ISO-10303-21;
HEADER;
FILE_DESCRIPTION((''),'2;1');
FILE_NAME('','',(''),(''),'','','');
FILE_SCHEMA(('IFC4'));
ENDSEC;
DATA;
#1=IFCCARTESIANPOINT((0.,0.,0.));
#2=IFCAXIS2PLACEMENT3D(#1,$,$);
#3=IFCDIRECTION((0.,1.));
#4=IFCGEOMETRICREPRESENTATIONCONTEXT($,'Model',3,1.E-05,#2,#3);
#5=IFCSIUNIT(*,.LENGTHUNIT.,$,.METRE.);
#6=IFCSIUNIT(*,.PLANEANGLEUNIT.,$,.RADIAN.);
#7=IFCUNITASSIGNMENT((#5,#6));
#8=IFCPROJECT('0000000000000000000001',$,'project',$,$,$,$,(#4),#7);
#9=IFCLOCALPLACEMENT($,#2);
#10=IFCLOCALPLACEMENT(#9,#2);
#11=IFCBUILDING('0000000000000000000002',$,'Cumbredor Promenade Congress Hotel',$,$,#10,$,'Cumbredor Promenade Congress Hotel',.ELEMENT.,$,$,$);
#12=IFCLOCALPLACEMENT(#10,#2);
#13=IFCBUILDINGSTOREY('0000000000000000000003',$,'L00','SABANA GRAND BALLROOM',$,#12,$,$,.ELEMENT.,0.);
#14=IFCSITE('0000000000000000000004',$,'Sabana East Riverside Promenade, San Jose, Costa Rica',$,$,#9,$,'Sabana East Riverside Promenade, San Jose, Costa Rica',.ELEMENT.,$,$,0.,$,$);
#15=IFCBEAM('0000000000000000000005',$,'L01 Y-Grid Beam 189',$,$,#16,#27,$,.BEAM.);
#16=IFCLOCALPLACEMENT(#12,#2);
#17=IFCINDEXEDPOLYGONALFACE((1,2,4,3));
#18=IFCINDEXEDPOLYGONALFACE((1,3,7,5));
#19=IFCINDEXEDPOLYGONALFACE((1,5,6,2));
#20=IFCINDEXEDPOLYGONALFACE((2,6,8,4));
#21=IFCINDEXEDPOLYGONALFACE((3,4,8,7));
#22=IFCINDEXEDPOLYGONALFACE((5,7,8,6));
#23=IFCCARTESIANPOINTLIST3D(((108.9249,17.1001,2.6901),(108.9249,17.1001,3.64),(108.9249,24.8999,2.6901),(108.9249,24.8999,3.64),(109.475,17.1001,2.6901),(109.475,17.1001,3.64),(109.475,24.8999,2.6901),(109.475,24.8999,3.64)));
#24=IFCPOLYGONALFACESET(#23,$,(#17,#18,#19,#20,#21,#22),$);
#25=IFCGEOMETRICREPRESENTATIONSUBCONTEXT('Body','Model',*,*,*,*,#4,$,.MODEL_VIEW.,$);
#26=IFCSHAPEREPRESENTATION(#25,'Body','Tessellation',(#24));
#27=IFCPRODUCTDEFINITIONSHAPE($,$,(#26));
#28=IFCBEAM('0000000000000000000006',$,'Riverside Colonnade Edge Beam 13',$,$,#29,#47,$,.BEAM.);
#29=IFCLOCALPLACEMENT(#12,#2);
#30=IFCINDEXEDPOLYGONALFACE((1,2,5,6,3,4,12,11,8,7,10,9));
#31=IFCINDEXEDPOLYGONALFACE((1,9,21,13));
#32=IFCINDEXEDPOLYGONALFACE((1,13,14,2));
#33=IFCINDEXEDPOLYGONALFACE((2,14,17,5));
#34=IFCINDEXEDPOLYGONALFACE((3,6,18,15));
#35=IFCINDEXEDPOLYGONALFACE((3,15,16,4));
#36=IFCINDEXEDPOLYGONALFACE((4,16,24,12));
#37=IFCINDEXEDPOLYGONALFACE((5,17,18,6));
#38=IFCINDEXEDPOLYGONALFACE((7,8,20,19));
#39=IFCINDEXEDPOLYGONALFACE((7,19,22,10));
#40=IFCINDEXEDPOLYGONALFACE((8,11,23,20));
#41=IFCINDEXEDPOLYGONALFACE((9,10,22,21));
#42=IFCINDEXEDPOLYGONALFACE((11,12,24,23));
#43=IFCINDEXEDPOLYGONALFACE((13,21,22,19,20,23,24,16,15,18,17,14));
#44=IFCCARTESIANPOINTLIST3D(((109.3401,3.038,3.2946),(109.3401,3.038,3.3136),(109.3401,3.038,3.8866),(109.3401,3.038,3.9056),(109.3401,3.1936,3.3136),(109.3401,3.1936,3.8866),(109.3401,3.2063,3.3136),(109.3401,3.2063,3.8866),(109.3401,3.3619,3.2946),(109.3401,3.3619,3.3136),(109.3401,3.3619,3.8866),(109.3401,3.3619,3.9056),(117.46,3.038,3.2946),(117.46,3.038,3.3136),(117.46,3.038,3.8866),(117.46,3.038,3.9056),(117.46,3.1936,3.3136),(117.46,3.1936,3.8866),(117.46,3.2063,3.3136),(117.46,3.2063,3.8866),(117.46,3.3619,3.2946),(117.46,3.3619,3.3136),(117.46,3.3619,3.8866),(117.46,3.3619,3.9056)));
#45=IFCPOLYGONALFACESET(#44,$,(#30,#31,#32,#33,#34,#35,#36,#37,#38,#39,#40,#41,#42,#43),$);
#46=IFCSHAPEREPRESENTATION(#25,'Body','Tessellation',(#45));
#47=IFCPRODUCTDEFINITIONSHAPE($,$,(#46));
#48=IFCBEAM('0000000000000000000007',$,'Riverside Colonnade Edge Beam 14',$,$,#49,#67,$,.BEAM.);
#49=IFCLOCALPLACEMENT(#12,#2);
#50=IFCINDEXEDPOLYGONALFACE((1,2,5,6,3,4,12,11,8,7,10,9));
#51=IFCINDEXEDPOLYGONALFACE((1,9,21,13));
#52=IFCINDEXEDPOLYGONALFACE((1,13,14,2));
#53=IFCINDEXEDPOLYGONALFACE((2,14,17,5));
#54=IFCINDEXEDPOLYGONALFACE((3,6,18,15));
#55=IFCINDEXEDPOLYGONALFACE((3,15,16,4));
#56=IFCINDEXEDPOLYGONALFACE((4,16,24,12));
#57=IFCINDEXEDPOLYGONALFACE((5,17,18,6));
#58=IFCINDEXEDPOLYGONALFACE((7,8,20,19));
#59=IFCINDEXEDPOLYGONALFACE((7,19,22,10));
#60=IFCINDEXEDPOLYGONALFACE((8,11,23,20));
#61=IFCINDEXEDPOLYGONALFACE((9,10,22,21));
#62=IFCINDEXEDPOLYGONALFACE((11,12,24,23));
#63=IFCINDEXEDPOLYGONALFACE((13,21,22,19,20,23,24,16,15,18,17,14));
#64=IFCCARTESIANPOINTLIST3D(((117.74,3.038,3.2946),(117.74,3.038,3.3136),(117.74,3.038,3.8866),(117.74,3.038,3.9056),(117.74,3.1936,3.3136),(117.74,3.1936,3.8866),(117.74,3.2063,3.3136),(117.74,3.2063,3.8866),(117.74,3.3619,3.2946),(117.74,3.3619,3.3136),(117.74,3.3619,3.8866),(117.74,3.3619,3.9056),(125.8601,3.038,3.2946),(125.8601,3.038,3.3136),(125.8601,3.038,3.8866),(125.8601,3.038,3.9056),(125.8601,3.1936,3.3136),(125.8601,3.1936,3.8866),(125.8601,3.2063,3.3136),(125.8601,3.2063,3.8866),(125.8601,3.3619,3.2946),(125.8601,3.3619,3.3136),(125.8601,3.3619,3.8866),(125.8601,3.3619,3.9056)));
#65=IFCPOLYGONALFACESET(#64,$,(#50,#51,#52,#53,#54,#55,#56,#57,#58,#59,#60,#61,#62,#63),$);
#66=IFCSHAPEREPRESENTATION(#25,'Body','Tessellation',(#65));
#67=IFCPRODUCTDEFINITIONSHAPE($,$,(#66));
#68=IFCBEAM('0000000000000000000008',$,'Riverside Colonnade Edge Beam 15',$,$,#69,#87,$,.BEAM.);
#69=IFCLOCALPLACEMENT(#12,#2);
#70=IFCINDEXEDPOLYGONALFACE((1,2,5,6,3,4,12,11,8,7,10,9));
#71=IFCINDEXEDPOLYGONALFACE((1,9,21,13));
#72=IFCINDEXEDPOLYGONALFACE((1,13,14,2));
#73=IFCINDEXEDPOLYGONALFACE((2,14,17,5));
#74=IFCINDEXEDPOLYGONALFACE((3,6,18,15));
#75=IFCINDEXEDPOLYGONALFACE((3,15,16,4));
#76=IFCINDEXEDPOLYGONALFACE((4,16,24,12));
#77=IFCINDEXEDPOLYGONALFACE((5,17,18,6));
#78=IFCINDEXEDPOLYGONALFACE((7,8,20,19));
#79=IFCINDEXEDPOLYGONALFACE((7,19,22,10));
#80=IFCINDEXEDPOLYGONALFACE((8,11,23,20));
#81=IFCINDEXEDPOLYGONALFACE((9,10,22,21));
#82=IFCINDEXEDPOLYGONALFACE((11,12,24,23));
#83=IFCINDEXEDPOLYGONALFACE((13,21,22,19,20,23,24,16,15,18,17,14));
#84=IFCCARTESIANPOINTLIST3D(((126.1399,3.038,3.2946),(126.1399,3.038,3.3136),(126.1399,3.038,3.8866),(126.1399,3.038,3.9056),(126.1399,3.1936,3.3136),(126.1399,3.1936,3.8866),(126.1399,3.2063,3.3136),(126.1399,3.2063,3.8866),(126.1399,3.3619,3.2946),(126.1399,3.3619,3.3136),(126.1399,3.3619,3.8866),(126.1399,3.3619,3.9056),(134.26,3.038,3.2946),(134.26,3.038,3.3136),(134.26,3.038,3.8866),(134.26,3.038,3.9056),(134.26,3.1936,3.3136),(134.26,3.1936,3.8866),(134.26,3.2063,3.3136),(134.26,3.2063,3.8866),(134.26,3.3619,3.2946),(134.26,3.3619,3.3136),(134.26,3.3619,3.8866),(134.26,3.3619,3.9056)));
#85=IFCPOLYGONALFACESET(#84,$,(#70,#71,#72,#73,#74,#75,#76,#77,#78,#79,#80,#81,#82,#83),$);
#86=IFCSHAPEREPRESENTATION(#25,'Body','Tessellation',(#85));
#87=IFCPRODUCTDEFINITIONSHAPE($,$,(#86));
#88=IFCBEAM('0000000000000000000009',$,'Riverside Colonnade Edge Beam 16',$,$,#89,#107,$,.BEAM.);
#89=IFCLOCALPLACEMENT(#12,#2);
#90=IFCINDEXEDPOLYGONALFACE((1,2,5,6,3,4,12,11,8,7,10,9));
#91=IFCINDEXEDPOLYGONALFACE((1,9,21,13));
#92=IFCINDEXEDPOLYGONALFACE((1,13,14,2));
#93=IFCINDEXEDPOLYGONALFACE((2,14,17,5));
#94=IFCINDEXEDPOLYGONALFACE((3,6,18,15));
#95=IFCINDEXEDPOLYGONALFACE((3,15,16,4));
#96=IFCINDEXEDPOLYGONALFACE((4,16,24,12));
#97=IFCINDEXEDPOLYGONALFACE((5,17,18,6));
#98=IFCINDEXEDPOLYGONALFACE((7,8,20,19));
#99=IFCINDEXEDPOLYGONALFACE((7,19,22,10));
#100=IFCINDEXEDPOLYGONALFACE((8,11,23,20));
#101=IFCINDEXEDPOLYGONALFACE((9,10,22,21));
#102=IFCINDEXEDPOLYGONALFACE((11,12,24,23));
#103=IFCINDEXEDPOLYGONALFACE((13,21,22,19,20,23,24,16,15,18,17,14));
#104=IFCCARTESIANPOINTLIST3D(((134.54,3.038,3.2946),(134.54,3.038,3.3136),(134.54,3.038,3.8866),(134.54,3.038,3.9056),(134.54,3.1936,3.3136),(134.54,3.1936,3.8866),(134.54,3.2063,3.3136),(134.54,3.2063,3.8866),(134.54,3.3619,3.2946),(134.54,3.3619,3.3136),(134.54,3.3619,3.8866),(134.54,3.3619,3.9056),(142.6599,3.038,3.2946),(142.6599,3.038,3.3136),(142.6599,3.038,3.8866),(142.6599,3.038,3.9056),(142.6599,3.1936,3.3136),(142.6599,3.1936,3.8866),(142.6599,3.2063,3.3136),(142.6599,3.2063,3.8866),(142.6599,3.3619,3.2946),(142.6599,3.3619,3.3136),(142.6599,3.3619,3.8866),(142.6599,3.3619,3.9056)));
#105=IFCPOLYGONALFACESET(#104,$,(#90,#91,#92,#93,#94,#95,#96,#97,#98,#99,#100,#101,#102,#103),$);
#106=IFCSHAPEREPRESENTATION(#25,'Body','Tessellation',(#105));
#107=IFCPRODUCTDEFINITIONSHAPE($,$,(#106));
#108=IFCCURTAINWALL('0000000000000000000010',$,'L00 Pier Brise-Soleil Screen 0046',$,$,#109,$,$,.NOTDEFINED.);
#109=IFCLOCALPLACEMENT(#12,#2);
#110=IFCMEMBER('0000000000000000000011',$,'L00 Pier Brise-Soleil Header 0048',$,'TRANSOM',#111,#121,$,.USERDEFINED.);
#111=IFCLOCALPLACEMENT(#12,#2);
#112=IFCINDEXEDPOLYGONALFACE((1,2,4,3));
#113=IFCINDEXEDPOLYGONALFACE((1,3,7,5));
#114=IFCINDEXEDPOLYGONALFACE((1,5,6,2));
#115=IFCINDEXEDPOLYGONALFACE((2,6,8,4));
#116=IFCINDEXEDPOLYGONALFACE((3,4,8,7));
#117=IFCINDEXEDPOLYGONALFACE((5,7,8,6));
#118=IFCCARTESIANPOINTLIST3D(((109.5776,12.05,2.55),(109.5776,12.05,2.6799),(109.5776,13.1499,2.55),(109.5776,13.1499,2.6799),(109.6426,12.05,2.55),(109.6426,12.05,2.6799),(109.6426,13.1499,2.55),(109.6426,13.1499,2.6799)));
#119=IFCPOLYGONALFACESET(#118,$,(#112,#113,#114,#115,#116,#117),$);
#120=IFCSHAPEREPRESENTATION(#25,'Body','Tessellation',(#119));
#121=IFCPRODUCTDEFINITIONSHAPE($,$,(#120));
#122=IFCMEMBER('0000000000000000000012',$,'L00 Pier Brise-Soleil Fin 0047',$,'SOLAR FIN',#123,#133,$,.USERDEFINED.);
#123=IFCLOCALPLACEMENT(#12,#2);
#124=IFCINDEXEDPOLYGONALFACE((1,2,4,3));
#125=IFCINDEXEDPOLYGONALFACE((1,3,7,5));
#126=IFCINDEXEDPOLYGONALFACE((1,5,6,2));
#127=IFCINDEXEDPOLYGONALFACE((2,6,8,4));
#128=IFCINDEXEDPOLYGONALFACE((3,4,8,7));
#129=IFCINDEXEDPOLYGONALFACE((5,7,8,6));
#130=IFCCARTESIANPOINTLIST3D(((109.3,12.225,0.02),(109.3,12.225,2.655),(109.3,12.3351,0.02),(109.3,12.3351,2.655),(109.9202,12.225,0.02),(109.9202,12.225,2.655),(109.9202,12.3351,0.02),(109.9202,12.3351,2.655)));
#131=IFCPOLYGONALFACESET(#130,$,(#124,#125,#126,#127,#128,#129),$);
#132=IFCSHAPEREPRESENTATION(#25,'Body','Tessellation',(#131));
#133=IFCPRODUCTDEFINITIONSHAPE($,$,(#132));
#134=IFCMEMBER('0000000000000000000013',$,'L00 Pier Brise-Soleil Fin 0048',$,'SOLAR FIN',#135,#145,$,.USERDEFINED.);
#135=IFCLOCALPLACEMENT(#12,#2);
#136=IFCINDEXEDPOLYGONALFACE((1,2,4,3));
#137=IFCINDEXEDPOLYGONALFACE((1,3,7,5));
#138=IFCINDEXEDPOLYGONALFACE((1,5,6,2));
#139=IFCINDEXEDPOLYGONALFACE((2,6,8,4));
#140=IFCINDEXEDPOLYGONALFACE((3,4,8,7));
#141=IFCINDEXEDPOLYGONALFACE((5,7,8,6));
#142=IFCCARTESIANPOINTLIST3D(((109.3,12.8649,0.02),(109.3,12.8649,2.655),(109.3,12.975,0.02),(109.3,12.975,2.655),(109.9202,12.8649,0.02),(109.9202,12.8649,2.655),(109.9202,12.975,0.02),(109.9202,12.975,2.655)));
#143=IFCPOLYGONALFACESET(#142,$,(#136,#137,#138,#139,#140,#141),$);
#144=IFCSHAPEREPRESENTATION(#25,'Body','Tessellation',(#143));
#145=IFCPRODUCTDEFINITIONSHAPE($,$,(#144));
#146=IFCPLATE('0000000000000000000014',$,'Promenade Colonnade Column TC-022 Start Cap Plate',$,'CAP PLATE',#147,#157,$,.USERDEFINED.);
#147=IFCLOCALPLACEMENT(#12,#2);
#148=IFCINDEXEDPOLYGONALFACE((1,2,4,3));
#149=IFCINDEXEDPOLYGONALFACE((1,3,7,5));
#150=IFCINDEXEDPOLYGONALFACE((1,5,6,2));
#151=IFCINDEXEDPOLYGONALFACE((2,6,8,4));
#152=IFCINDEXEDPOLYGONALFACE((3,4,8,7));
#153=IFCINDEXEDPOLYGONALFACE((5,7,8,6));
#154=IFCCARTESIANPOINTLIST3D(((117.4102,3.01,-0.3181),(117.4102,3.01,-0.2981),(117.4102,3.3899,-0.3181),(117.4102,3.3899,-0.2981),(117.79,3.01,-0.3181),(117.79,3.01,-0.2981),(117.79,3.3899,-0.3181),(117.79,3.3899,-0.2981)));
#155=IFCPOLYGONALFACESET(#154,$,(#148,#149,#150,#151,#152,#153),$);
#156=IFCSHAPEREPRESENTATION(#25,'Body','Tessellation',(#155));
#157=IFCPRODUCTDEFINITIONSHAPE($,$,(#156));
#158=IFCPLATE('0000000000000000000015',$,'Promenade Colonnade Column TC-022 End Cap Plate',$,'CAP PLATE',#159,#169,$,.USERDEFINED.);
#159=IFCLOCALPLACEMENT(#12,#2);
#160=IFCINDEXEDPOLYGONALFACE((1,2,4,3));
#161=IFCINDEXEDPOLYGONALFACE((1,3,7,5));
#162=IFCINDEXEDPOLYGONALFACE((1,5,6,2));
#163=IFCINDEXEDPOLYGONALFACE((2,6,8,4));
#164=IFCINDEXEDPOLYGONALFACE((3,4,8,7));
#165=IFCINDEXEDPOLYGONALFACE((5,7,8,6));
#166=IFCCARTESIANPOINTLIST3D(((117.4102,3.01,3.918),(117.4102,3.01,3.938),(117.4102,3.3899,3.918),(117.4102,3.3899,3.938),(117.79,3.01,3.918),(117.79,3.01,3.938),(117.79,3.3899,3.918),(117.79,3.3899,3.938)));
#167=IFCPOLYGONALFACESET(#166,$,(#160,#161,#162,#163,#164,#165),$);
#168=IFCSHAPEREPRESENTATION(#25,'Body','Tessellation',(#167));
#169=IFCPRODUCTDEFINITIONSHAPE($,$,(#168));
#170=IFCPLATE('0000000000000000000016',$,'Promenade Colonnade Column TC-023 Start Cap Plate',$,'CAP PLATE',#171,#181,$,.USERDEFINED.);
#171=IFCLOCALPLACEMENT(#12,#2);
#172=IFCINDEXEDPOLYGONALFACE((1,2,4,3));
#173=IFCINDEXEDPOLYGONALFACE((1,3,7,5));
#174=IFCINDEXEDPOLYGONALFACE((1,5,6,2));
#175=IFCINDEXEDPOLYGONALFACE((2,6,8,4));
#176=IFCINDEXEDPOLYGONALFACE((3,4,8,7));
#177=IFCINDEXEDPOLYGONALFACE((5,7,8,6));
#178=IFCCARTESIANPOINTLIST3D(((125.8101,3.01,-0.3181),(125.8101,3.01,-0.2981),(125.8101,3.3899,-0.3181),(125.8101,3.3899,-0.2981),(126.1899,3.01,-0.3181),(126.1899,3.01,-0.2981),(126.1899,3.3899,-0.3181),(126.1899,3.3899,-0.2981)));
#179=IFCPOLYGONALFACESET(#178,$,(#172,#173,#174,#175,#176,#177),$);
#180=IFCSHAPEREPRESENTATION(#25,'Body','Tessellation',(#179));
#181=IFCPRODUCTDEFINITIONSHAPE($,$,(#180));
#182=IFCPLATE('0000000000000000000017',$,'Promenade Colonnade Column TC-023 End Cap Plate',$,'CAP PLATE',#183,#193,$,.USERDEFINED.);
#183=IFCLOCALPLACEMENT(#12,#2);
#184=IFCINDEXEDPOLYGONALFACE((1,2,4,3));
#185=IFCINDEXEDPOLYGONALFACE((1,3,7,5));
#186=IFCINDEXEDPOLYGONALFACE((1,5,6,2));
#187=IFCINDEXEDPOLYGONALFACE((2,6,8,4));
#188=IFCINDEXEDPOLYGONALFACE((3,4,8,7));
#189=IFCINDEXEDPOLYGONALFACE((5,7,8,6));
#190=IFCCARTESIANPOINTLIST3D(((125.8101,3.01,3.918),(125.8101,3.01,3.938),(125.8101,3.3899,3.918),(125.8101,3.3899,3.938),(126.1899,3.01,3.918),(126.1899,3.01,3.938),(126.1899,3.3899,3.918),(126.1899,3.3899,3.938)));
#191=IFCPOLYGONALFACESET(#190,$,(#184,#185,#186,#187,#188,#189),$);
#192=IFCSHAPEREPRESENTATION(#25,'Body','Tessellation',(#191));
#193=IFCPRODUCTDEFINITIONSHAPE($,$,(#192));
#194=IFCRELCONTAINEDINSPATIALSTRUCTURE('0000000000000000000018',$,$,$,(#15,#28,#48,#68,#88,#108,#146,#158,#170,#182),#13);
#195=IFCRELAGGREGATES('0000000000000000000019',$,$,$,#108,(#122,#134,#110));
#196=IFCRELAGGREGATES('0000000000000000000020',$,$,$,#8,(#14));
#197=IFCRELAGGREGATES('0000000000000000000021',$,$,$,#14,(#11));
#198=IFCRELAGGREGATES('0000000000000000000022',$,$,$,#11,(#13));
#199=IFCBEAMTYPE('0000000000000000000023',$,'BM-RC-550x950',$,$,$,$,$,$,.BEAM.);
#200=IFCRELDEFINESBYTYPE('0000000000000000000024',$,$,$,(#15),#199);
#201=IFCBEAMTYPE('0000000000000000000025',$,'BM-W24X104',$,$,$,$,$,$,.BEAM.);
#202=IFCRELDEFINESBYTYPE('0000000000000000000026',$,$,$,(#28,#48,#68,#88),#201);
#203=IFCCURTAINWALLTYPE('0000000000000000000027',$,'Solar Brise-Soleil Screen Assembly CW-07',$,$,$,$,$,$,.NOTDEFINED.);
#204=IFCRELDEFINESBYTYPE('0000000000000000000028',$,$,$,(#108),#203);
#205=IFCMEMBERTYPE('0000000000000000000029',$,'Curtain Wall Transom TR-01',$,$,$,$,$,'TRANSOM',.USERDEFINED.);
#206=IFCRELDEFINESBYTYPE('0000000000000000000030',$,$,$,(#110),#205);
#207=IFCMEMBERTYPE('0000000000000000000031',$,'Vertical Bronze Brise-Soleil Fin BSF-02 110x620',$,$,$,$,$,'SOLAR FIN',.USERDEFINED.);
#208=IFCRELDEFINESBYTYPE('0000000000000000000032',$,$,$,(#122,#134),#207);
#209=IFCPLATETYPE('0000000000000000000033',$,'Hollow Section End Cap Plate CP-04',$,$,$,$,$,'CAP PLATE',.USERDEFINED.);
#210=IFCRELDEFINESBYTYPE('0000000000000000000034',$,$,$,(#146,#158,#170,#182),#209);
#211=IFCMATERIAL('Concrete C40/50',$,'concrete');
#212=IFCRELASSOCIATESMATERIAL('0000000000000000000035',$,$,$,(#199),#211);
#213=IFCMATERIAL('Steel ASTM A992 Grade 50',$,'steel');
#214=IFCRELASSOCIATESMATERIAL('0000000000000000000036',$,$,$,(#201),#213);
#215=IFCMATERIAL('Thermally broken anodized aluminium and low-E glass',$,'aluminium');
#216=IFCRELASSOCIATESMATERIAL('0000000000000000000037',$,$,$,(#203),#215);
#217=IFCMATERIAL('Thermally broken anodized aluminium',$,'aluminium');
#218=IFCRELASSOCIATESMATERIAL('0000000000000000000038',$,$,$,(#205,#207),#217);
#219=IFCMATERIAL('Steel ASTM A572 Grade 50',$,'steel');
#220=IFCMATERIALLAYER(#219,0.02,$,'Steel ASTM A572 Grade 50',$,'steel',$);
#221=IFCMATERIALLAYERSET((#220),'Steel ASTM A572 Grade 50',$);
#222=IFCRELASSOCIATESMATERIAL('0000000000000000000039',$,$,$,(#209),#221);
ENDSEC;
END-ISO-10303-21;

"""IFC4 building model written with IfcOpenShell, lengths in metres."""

from ifc_helpers import new_model, si_unit, direction, frame, origin, origin_2d, place, context, subcontext, project, spatial, rectangle, i_section, extrude, material, layer, layer_set, material_profile, profile_set, type_object, element, aggregate, save


model = new_model("IFC4")

# Units and contexts
model_context = context("Model", 3, precision=1e-05, world=origin(), true_north=direction((0.0, 1.0)))
body_context = subcontext(model_context, "Body", "Model", "MODEL_VIEW")
ifc_project = project(units=[si_unit("LENGTHUNIT", "METRE"), si_unit("PLANEANGLEUNIT", "RADIAN")], contexts=[model_context])

# Site, building, storey
site_placement = place(None, origin())
site = spatial("IfcSite", under=ifc_project, at=site_placement, Name="Sabana East Riverside Promenade, San Jose, Costa Rica", LongName="Sabana East Riverside Promenade, San Jose, Costa Rica", CompositionType="ELEMENT", RefElevation=0.0)
building_placement = place(site_placement, origin())
building = spatial("IfcBuilding", under=site, at=building_placement, Name="Cumbredor Promenade Congress Hotel", LongName="Cumbredor Promenade Congress Hotel", CompositionType="ELEMENT")
storey_placement = place(building_placement, origin())
storey = spatial("IfcBuildingStorey", under=building, at=storey_placement, Name="L00", Description="SABANA GRAND BALLROOM", CompositionType="ELEMENT", Elevation=0.0)

# Shared definitions
ifc_material_1 = material(Name="Concrete C40/50", Category="concrete")

# Beams
ifc_material_profile_1 = material_profile(ifc_material_1, rectangle(XDim=0.55, YDim=0.95, at=origin_2d()), Name="RC BEAM 550x950")
ifc_profile_set_1 = profile_set([ifc_material_profile_1], Name="Concrete C40/50")
beam_type_1 = type_object("IfcBeamType", Name="BM-RC-550x950", PredefinedType="BEAM", material=ifc_profile_set_1)
beam_1_placement = place(storey_placement, frame((109.2, 17.1001, 3.165), z_axis=(0.0, 1.0, 0.0), x_axis=(-1.0, 0.0, 0.0)))
element("IfcBeam", 1, at=beam_1_placement, inside=storey, type_object=beam_type_1, Name="L01 Y-Grid Beam 189", PredefinedType="BEAM", context=body_context, shape_type="SweptSolid", body=[
    extrude(rectangle(XDim=0.55, YDim=0.95, at=origin_2d()), origin(), (0.0, 0.0, 1.0), 7.7998),
])
ifc_material_2 = material(Name="Steel ASTM A992 Grade 50", Category="steel")
ifc_material_profile_2 = material_profile(ifc_material_2, i_section(OverallWidth=0.324, OverallDepth=0.6111, WebThickness=0.0127, FlangeThickness=0.019, at=origin_2d()), Name="W24X104")
ifc_profile_set_2 = profile_set([ifc_material_profile_2], Name="Steel ASTM A992 Grade 50")
beam_type_2 = type_object("IfcBeamType", Name="BM-W24X104", PredefinedType="BEAM", material=ifc_profile_set_2)
beam_2_placement = place(storey_placement, frame((109.3401, 3.2, 3.6001), z_axis=(1.0, 0.0, 0.0), x_axis=(0.0, 1.0, 0.0)))
element("IfcBeam", 2, at=beam_2_placement, inside=storey, type_object=beam_type_2, Name="Riverside Colonnade Edge Beam 13", PredefinedType="BEAM", context=body_context, shape_type="SweptSolid", body=[
    extrude(i_section(OverallWidth=0.324, OverallDepth=0.6111, WebThickness=0.0127, FlangeThickness=0.019, at=origin_2d()), origin(), (0.0, 0.0, 1.0), 8.1199),
])
for number, where, z_axis, x_axis, name in (
    (3, (117.74, 3.2, 3.6001), (1.0, 0.0, 0.0), (0.0, 1.0, 0.0), "Riverside Colonnade Edge Beam 14"),
    (4, (126.1399, 3.2, 3.6001), (1.0, 0.0, 0.0), (0.0, 1.0, 0.0), "Riverside Colonnade Edge Beam 15"),
):
    element("IfcBeam", number, at=place(storey_placement, frame(where, z_axis=z_axis, x_axis=x_axis)), inside=storey, type_object=beam_type_2, Name=name, PredefinedType="BEAM", context=body_context, shape_type="SweptSolid", body=[
        extrude(i_section(OverallWidth=0.324, OverallDepth=0.6111, WebThickness=0.0127, FlangeThickness=0.019, at=origin_2d()), origin(), (0.0, 0.0, 1.0), 8.1201),
    ])
beam_3_placement = place(storey_placement, frame((134.54, 3.2, 3.6001), z_axis=(1.0, 0.0, 0.0), x_axis=(0.0, 1.0, 0.0)))
element("IfcBeam", 5, at=beam_3_placement, inside=storey, type_object=beam_type_2, Name="Riverside Colonnade Edge Beam 16", PredefinedType="BEAM", context=body_context, shape_type="SweptSolid", body=[
    extrude(i_section(OverallWidth=0.324, OverallDepth=0.6111, WebThickness=0.0127, FlangeThickness=0.019, at=origin_2d()), origin(), (0.0, 0.0, 1.0), 8.1199),
])

# Curtain wall, members
ifc_material_3 = material(Name="Thermally broken anodized aluminium and low-E glass", Category="aluminium")
curtain_wall_type = type_object("IfcCurtainWallType", Name="Solar Brise-Soleil Screen Assembly CW-07", PredefinedType="NOTDEFINED", material=ifc_material_3)
curtain_wall_placement = place(storey_placement, origin())
curtain_wall = element("IfcCurtainWall", 6, at=curtain_wall_placement, inside=storey, type_object=curtain_wall_type, Name="L00 Pier Brise-Soleil Screen 0046", PredefinedType="NOTDEFINED")
ifc_material_4 = material(Name="Thermally broken anodized aluminium", Category="aluminium")
ifc_material_profile_3 = material_profile(ifc_material_4, rectangle(XDim=0.0649, YDim=0.1299, at=origin_2d()), Name="ALU TRANSOM 65x130")
ifc_profile_set_3 = profile_set([ifc_material_profile_3], Name="Thermally broken anodized aluminium")
member_type_1 = type_object("IfcMemberType", Name="Curtain Wall Transom TR-01", ElementType="TRANSOM", PredefinedType="USERDEFINED", material=ifc_profile_set_3)
member_1_placement = place(storey_placement, frame((109.6101, 12.05, 2.615), z_axis=(0.0, 1.0, 0.0), x_axis=(-1.0, 0.0, 0.0)))
member_1 = element("IfcMember", 7, at=member_1_placement, type_object=member_type_1, Name="L00 Pier Brise-Soleil Header 0048", ObjectType="TRANSOM", PredefinedType="USERDEFINED", context=body_context, shape_type="SweptSolid", body=[
    extrude(rectangle(XDim=0.0649, YDim=0.1299, at=origin_2d()), origin(), (0.0, 0.0, 1.0), 1.0999),
])
ifc_material_profile_4 = material_profile(ifc_material_4, rectangle(XDim=0.1101, YDim=0.6201, at=origin_2d()), Name="ARCH FIN 110x620")
ifc_profile_set_4 = profile_set([ifc_material_profile_4], Name="Thermally broken anodized aluminium")
member_type_2 = type_object("IfcMemberType", Name="Vertical Bronze Brise-Soleil Fin BSF-02 110x620", ElementType="SOLAR FIN", PredefinedType="USERDEFINED", material=ifc_profile_set_4)
member_2_placement = place(storey_placement, frame((109.6101, 12.28, 0.02), z_axis=(0.0, 0.0, 1.0), x_axis=(0.0, 1.0, 0.0)))
member_2 = element("IfcMember", 8, at=member_2_placement, type_object=member_type_2, Name="L00 Pier Brise-Soleil Fin 0047", ObjectType="SOLAR FIN", PredefinedType="USERDEFINED", context=body_context, shape_type="SweptSolid", body=[
    extrude(rectangle(XDim=0.1101, YDim=0.6201, at=origin_2d()), origin(), (0.0, 0.0, 1.0), 2.635),
])
member_3_placement = place(storey_placement, frame((109.6101, 12.9199, 0.02), z_axis=(0.0, 0.0, 1.0), x_axis=(0.0, 1.0, 0.0)))
member_3 = element("IfcMember", 9, at=member_3_placement, type_object=member_type_2, Name="L00 Pier Brise-Soleil Fin 0048", ObjectType="SOLAR FIN", PredefinedType="USERDEFINED", context=body_context, shape_type="SweptSolid", body=[
    extrude(rectangle(XDim=0.1101, YDim=0.6201, at=origin_2d()), origin(), (0.0, 0.0, 1.0), 2.635),
])
aggregate(curtain_wall, [member_2, member_3, member_1])

# Plates
ifc_material_5 = material(Name="Steel ASTM A572 Grade 50", Category="steel")
ifc_layer_1 = layer(ifc_material_5, 0.02, Name="Steel ASTM A572 Grade 50", Category="steel")
ifc_layer_set_1 = layer_set([ifc_layer_1], Name="Steel ASTM A572 Grade 50")
plate_type = type_object("IfcPlateType", Name="Hollow Section End Cap Plate CP-04", ElementType="CAP PLATE", PredefinedType="USERDEFINED", material=ifc_layer_set_1)
for number, where, z_axis, x_axis, name in (
    (10, (117.6001, 3.2, -0.3181), (0.0, 0.0, 1.0), (1.0, 0.0, 0.0), "Promenade Colonnade Column TC-022 Start Cap Plate"),
    (11, (117.6001, 3.2, 3.918), (0.0, 0.0, 1.0), (1.0, 0.0, 0.0), "Promenade Colonnade Column TC-022 End Cap Plate"),
    (12, (126.0, 3.2, -0.3181), (0.0, 0.0, 1.0), (1.0, 0.0, 0.0), "Promenade Colonnade Column TC-023 Start Cap Plate"),
    (13, (126.0, 3.2, 3.918), (0.0, 0.0, 1.0), (1.0, 0.0, 0.0), "Promenade Colonnade Column TC-023 End Cap Plate"),
):
    element("IfcPlate", number, at=place(storey_placement, frame(where, z_axis=z_axis, x_axis=x_axis)), inside=storey, type_object=plate_type, Name=name, ObjectType="CAP PLATE", PredefinedType="USERDEFINED", context=body_context, shape_type="SweptSolid", body=[
        extrude(rectangle(XDim=0.3799, YDim=0.3799, at=origin_2d()), origin(), (0.0, 0.0, 1.0), 0.02),
    ])

save(model, "model.ifc")
